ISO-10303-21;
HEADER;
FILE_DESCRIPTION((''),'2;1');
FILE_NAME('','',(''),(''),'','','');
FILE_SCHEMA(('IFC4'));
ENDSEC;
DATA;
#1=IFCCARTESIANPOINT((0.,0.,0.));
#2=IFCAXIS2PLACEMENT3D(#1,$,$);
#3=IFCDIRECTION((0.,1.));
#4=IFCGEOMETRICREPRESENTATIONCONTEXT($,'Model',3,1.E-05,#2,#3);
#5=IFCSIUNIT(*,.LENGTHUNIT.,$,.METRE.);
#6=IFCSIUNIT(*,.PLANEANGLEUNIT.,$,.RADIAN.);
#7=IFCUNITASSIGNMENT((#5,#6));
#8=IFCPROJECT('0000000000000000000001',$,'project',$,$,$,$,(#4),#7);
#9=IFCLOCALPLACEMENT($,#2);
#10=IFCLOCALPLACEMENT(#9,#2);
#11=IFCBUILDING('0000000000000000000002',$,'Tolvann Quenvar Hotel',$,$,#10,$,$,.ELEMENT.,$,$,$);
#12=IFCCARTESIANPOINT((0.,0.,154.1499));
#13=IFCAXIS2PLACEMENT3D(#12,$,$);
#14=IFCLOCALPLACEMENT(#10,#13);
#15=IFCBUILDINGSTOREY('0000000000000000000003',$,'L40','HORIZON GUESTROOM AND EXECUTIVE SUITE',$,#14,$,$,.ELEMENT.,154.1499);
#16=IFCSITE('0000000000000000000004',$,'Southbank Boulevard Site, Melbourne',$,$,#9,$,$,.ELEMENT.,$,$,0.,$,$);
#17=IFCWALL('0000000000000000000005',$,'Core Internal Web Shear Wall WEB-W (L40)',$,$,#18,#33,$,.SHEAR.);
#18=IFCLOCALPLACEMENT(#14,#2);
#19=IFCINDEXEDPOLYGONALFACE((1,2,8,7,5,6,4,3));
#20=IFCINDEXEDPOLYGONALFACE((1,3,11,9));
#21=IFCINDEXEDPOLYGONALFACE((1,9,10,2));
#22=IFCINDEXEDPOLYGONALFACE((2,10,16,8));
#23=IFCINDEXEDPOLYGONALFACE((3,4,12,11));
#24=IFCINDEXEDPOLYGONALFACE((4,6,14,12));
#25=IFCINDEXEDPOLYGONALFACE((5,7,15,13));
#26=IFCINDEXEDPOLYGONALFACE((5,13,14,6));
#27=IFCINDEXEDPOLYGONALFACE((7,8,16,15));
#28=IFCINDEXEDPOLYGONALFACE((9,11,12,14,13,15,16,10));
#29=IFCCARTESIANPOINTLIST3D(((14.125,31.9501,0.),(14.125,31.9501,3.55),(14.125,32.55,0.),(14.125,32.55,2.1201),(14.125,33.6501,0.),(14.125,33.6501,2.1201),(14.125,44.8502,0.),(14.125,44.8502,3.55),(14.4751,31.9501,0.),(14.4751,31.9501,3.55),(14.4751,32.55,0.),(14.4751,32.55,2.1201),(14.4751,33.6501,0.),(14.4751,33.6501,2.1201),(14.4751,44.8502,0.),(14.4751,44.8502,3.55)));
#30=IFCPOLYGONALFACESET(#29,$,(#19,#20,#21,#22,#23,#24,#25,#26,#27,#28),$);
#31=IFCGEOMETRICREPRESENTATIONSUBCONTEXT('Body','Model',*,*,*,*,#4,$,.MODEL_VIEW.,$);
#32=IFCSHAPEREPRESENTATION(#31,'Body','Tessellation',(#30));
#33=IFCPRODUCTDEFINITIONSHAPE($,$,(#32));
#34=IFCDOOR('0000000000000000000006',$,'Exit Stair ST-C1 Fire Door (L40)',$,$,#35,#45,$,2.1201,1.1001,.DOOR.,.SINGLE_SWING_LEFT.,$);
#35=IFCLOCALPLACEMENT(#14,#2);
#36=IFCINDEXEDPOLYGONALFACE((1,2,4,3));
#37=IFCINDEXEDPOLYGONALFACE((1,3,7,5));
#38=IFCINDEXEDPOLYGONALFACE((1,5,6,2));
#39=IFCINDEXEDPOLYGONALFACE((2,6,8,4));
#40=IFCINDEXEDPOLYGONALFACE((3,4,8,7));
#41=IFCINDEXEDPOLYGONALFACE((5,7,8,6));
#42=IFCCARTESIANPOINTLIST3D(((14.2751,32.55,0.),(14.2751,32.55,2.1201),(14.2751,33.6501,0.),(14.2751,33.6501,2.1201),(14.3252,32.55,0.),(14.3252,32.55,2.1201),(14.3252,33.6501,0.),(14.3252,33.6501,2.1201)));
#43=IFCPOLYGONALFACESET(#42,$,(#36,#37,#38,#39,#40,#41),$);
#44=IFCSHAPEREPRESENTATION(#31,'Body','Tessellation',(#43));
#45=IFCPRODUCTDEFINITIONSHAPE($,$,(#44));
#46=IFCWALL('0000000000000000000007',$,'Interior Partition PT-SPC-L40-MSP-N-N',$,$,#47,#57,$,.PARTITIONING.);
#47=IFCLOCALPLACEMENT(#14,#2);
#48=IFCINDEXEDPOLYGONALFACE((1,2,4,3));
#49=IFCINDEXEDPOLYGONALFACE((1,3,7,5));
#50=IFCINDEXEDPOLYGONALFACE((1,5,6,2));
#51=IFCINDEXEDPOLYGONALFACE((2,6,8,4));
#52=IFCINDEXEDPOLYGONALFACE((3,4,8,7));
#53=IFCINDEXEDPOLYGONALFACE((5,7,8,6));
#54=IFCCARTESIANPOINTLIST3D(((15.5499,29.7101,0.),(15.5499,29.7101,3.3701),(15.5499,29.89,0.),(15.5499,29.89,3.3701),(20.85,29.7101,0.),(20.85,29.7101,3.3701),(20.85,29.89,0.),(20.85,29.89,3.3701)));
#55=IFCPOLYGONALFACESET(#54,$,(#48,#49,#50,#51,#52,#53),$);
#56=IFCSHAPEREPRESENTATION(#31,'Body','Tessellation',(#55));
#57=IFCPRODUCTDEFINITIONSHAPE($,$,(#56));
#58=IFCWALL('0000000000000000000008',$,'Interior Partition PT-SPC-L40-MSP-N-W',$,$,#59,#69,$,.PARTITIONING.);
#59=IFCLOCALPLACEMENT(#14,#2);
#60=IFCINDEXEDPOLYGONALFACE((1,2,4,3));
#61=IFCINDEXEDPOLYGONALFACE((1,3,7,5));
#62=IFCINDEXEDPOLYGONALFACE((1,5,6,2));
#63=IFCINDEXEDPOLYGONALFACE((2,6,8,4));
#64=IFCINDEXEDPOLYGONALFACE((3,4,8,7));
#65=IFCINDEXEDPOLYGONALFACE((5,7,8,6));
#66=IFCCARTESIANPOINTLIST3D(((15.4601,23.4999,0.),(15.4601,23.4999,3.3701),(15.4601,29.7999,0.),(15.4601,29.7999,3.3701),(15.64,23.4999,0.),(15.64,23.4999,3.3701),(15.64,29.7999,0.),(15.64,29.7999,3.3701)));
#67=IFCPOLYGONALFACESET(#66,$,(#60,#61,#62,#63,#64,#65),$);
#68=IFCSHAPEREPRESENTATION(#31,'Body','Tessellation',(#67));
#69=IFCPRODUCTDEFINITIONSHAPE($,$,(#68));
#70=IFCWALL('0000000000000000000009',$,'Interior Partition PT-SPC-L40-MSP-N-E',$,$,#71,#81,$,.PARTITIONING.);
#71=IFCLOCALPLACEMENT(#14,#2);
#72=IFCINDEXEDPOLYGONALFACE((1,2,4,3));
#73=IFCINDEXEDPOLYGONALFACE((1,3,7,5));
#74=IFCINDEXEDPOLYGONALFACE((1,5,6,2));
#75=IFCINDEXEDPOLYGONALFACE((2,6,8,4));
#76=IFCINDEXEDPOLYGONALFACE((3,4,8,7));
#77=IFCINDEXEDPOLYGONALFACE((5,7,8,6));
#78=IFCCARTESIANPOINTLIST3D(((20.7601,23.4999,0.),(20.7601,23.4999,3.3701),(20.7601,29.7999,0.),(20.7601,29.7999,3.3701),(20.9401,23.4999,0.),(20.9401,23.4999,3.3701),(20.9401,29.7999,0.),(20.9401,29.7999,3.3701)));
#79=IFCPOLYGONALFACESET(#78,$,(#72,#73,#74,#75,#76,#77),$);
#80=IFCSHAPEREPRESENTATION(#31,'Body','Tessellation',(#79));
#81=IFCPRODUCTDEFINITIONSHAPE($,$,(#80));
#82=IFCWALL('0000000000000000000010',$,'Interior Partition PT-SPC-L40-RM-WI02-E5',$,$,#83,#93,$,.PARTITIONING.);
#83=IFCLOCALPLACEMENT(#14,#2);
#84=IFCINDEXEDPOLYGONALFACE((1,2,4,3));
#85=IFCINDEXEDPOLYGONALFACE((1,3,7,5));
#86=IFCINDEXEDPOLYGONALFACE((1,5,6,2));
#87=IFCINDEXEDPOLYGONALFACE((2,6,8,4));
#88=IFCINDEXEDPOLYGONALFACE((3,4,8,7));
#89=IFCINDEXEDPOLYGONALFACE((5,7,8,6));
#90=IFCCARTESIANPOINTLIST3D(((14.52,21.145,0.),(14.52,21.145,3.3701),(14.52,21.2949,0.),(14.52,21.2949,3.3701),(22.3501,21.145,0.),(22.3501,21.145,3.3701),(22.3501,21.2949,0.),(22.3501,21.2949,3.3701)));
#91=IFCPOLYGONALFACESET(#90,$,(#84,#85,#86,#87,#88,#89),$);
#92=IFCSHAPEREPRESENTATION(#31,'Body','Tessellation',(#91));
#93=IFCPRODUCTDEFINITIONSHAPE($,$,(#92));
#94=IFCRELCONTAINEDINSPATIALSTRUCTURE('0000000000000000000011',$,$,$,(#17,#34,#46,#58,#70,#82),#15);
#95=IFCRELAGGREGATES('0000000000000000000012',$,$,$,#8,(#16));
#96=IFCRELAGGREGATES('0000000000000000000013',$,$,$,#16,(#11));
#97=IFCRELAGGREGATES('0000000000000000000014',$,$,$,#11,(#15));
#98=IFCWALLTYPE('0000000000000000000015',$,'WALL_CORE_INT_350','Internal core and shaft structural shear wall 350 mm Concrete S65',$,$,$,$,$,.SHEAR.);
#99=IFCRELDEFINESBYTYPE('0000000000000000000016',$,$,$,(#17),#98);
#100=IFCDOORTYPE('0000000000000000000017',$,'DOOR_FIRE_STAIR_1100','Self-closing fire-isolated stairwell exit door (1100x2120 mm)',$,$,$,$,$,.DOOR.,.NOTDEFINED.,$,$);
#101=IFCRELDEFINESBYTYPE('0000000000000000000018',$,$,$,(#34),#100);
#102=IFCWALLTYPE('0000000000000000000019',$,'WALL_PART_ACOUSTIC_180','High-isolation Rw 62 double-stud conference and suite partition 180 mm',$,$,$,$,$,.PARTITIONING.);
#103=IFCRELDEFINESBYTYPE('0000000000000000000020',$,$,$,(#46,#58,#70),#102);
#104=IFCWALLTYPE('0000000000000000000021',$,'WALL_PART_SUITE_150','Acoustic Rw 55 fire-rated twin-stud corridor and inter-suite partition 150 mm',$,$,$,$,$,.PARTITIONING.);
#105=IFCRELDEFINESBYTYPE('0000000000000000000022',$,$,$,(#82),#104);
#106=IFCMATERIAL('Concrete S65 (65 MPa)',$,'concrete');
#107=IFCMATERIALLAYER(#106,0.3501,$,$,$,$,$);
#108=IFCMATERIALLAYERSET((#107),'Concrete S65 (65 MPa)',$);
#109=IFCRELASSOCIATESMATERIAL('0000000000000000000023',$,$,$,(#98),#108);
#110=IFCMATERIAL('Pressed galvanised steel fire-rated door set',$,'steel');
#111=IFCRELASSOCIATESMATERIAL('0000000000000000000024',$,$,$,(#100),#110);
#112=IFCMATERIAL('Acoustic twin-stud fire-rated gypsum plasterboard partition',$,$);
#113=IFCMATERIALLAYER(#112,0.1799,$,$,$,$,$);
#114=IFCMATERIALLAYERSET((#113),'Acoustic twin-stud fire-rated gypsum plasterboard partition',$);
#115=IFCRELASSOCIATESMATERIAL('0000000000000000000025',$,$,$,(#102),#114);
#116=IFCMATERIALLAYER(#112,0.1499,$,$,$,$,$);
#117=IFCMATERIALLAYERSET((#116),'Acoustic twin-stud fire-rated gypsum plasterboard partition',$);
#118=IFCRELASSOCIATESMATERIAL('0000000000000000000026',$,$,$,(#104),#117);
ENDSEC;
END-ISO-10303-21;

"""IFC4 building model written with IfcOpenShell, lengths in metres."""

from ifc_helpers import new_model, si_unit, direction, frame, frame_2d, origin, place, context, subcontext, project, spatial, rectangle, extrude, source, transform, mapped, material, layer, layer_set, type_object, type_shapes, element, fill, save


model = new_model("IFC4")

# Units and contexts
model_context = context("Model", 3, precision=1e-05, world=origin(), true_north=direction((0.0, 1.0)))
body_context = subcontext(model_context, "Body", "Model", "MODEL_VIEW")
ifc_project = project(units=[si_unit("LENGTHUNIT", "METRE"), si_unit("PLANEANGLEUNIT", "RADIAN")], contexts=[model_context])

# Site, building, storey
site_placement = place(None, origin())
site = spatial("IfcSite", under=ifc_project, at=site_placement, Name="Southbank Boulevard Site, Melbourne", CompositionType="ELEMENT", RefElevation=0.0)
building_placement = place(site_placement, origin())
building = spatial("IfcBuilding", under=site, at=building_placement, Name="Tolvann Quenvar Hotel", CompositionType="ELEMENT")
storey_placement = place(building_placement, frame((0.0, 0.0, 154.1499)))
storey = spatial("IfcBuildingStorey", under=building, at=storey_placement, Name="L40", Description="HORIZON GUESTROOM AND EXECUTIVE SUITE", CompositionType="ELEMENT", Elevation=154.1499)

# Wall, opening, door
ifc_material_1 = material(Name="Concrete S65 (65 MPa)", Category="concrete")
ifc_layer_1 = layer(ifc_material_1, 0.3501)
ifc_layer_set_1 = layer_set([ifc_layer_1], Name="Concrete S65 (65 MPa)")
wall_type_1 = type_object("IfcWallType", Name="WALL_CORE_INT_350", Description="Internal core and shaft structural shear wall 350 mm Concrete S65", PredefinedType="SHEAR", material=ifc_layer_set_1)
wall_1_placement = place(storey_placement, frame((14.3, 31.95, 0.0), z_axis=(0.0, 0.0, 1.0), x_axis=(0.0, 1.0, 0.0)))
wall_1 = element("IfcWall", 1, at=wall_1_placement, inside=storey, type_object=wall_type_1, Name="Core Internal Web Shear Wall WEB-W (L40)", PredefinedType="SHEAR", context=body_context, shape_type="SweptSolid", body=[
    extrude(rectangle(XDim=12.9001, YDim=0.3501, at=frame_2d((6.4502, 0.0))), origin(), (0.0, 0.0, 1.0), 3.55),
])
opening_1_placement = place(wall_1_placement, frame((0.6001, 0.0, 0.0)))
opening_1 = element("IfcOpeningElement", 2, at=opening_1_placement, cuts=wall_1, PredefinedType="OPENING", context=body_context, shape_type="SweptSolid", body=[
    extrude(rectangle(XDim=1.1001, YDim=2.1201, at=frame_2d((0.55, 1.0601))), frame((0.0, 0.1851, 0.0), z_axis=(0.0, -1.0, 0.0), x_axis=(1.0, 0.0, 0.0)), (0.0, 0.0, 1.0), 0.3701),
])
ifc_material_2 = material(Name="Pressed galvanised steel fire-rated door set", Category="steel")
door_type_1 = type_object("IfcDoorType", Name="DOOR_FIRE_STAIR_1100", Description="Self-closing fire-isolated stairwell exit door (1100x2120 mm)", OperationType="NOTDEFINED", PredefinedType="DOOR", material=ifc_material_2)
shared_shape_1 = source(origin(), body_context, "Body", "SweptSolid", [
    extrude(rectangle(XDim=1.1001, YDim=2.1201, at=frame_2d((0.55, 1.0601))), frame((0.0, 0.0249, 0.0), z_axis=(0.0, -1.0, 0.0), x_axis=(1.0, 0.0, 0.0)), (0.0, 0.0, 1.0), 0.05),
])
type_shapes(door_type_1, [shared_shape_1])
door_1_placement = place(opening_1_placement, origin())
door_1 = element("IfcDoor", 3, at=door_1_placement, inside=storey, type_object=door_type_1, Name="Exit Stair ST-C1 Fire Door (L40)", OperationType="SINGLE_SWING_LEFT", OverallHeight=2.1201, OverallWidth=1.1001, PredefinedType="DOOR", context=body_context, shape_type="MappedRepresentation", body=[
    mapped(shared_shape_1, transform((0.0, 0.0, 0.0), x_axis=(1.0, 0.0, 0.0), y_axis=(0.0, 1.0, 0.0), z_axis=(0.0, 0.0, 1.0), scale=1.0)),
])
fill(opening_1, door_1)
ifc_material_3 = material(Name="Acoustic twin-stud fire-rated gypsum plasterboard partition")
ifc_layer_2 = layer(ifc_material_3, 0.1799)
ifc_layer_set_2 = layer_set([ifc_layer_2], Name="Acoustic twin-stud fire-rated gypsum plasterboard partition")
wall_type_2 = type_object("IfcWallType", Name="WALL_PART_ACOUSTIC_180", Description="High-isolation Rw 62 double-stud conference and suite partition 180 mm", PredefinedType="PARTITIONING", material=ifc_layer_set_2)

# Walls
wall_2_placement = place(storey_placement, frame((15.55, 29.8, 0.0), z_axis=(0.0, 0.0, 1.0), x_axis=(1.0, 0.0, 0.0)))
element("IfcWall", 4, at=wall_2_placement, inside=storey, type_object=wall_type_2, Name="Interior Partition PT-SPC-L40-MSP-N-N", PredefinedType="PARTITIONING", context=body_context, shape_type="SweptSolid", body=[
    extrude(rectangle(XDim=5.3, YDim=0.1799, at=frame_2d((2.6499, 0.0))), origin(), (0.0, 0.0, 1.0), 3.3701),
])
for number, where, z_axis, x_axis, name in (
    (5, (15.55, 23.5, 0.0), (0.0, 0.0, 1.0), (0.0, 1.0, 0.0), "Interior Partition PT-SPC-L40-MSP-N-W"),
    (6, (20.8501, 23.5, 0.0), (0.0, 0.0, 1.0), (0.0, 1.0, 0.0), "Interior Partition PT-SPC-L40-MSP-N-E"),
):
    element("IfcWall", number, at=place(storey_placement, frame(where, z_axis=z_axis, x_axis=x_axis)), inside=storey, type_object=wall_type_2, Name=name, PredefinedType="PARTITIONING", context=body_context, shape_type="SweptSolid", body=[
        extrude(rectangle(XDim=6.3, YDim=0.1799, at=frame_2d((3.1499, 0.0))), origin(), (0.0, 0.0, 1.0), 3.3701),
    ])
ifc_layer_3 = layer(ifc_material_3, 0.1499)
ifc_layer_set_3 = layer_set([ifc_layer_3], Name="Acoustic twin-stud fire-rated gypsum plasterboard partition")
wall_type_3 = type_object("IfcWallType", Name="WALL_PART_SUITE_150", Description="Acoustic Rw 55 fire-rated twin-stud corridor and inter-suite partition 150 mm", PredefinedType="PARTITIONING", material=ifc_layer_set_3)
wall_3_placement = place(storey_placement, frame((14.52, 21.22, 0.0), z_axis=(0.0, 0.0, 1.0), x_axis=(1.0, 0.0, 0.0)))
element("IfcWall", 7, at=wall_3_placement, inside=storey, type_object=wall_type_3, Name="Interior Partition PT-SPC-L40-RM-WI02-E5", PredefinedType="PARTITIONING", context=body_context, shape_type="SweptSolid", body=[
    extrude(rectangle(XDim=7.8301, YDim=0.1499, at=frame_2d((3.915, 0.0))), origin(), (0.0, 0.0, 1.0), 3.3701),
])

save(model, "model.ifc")
